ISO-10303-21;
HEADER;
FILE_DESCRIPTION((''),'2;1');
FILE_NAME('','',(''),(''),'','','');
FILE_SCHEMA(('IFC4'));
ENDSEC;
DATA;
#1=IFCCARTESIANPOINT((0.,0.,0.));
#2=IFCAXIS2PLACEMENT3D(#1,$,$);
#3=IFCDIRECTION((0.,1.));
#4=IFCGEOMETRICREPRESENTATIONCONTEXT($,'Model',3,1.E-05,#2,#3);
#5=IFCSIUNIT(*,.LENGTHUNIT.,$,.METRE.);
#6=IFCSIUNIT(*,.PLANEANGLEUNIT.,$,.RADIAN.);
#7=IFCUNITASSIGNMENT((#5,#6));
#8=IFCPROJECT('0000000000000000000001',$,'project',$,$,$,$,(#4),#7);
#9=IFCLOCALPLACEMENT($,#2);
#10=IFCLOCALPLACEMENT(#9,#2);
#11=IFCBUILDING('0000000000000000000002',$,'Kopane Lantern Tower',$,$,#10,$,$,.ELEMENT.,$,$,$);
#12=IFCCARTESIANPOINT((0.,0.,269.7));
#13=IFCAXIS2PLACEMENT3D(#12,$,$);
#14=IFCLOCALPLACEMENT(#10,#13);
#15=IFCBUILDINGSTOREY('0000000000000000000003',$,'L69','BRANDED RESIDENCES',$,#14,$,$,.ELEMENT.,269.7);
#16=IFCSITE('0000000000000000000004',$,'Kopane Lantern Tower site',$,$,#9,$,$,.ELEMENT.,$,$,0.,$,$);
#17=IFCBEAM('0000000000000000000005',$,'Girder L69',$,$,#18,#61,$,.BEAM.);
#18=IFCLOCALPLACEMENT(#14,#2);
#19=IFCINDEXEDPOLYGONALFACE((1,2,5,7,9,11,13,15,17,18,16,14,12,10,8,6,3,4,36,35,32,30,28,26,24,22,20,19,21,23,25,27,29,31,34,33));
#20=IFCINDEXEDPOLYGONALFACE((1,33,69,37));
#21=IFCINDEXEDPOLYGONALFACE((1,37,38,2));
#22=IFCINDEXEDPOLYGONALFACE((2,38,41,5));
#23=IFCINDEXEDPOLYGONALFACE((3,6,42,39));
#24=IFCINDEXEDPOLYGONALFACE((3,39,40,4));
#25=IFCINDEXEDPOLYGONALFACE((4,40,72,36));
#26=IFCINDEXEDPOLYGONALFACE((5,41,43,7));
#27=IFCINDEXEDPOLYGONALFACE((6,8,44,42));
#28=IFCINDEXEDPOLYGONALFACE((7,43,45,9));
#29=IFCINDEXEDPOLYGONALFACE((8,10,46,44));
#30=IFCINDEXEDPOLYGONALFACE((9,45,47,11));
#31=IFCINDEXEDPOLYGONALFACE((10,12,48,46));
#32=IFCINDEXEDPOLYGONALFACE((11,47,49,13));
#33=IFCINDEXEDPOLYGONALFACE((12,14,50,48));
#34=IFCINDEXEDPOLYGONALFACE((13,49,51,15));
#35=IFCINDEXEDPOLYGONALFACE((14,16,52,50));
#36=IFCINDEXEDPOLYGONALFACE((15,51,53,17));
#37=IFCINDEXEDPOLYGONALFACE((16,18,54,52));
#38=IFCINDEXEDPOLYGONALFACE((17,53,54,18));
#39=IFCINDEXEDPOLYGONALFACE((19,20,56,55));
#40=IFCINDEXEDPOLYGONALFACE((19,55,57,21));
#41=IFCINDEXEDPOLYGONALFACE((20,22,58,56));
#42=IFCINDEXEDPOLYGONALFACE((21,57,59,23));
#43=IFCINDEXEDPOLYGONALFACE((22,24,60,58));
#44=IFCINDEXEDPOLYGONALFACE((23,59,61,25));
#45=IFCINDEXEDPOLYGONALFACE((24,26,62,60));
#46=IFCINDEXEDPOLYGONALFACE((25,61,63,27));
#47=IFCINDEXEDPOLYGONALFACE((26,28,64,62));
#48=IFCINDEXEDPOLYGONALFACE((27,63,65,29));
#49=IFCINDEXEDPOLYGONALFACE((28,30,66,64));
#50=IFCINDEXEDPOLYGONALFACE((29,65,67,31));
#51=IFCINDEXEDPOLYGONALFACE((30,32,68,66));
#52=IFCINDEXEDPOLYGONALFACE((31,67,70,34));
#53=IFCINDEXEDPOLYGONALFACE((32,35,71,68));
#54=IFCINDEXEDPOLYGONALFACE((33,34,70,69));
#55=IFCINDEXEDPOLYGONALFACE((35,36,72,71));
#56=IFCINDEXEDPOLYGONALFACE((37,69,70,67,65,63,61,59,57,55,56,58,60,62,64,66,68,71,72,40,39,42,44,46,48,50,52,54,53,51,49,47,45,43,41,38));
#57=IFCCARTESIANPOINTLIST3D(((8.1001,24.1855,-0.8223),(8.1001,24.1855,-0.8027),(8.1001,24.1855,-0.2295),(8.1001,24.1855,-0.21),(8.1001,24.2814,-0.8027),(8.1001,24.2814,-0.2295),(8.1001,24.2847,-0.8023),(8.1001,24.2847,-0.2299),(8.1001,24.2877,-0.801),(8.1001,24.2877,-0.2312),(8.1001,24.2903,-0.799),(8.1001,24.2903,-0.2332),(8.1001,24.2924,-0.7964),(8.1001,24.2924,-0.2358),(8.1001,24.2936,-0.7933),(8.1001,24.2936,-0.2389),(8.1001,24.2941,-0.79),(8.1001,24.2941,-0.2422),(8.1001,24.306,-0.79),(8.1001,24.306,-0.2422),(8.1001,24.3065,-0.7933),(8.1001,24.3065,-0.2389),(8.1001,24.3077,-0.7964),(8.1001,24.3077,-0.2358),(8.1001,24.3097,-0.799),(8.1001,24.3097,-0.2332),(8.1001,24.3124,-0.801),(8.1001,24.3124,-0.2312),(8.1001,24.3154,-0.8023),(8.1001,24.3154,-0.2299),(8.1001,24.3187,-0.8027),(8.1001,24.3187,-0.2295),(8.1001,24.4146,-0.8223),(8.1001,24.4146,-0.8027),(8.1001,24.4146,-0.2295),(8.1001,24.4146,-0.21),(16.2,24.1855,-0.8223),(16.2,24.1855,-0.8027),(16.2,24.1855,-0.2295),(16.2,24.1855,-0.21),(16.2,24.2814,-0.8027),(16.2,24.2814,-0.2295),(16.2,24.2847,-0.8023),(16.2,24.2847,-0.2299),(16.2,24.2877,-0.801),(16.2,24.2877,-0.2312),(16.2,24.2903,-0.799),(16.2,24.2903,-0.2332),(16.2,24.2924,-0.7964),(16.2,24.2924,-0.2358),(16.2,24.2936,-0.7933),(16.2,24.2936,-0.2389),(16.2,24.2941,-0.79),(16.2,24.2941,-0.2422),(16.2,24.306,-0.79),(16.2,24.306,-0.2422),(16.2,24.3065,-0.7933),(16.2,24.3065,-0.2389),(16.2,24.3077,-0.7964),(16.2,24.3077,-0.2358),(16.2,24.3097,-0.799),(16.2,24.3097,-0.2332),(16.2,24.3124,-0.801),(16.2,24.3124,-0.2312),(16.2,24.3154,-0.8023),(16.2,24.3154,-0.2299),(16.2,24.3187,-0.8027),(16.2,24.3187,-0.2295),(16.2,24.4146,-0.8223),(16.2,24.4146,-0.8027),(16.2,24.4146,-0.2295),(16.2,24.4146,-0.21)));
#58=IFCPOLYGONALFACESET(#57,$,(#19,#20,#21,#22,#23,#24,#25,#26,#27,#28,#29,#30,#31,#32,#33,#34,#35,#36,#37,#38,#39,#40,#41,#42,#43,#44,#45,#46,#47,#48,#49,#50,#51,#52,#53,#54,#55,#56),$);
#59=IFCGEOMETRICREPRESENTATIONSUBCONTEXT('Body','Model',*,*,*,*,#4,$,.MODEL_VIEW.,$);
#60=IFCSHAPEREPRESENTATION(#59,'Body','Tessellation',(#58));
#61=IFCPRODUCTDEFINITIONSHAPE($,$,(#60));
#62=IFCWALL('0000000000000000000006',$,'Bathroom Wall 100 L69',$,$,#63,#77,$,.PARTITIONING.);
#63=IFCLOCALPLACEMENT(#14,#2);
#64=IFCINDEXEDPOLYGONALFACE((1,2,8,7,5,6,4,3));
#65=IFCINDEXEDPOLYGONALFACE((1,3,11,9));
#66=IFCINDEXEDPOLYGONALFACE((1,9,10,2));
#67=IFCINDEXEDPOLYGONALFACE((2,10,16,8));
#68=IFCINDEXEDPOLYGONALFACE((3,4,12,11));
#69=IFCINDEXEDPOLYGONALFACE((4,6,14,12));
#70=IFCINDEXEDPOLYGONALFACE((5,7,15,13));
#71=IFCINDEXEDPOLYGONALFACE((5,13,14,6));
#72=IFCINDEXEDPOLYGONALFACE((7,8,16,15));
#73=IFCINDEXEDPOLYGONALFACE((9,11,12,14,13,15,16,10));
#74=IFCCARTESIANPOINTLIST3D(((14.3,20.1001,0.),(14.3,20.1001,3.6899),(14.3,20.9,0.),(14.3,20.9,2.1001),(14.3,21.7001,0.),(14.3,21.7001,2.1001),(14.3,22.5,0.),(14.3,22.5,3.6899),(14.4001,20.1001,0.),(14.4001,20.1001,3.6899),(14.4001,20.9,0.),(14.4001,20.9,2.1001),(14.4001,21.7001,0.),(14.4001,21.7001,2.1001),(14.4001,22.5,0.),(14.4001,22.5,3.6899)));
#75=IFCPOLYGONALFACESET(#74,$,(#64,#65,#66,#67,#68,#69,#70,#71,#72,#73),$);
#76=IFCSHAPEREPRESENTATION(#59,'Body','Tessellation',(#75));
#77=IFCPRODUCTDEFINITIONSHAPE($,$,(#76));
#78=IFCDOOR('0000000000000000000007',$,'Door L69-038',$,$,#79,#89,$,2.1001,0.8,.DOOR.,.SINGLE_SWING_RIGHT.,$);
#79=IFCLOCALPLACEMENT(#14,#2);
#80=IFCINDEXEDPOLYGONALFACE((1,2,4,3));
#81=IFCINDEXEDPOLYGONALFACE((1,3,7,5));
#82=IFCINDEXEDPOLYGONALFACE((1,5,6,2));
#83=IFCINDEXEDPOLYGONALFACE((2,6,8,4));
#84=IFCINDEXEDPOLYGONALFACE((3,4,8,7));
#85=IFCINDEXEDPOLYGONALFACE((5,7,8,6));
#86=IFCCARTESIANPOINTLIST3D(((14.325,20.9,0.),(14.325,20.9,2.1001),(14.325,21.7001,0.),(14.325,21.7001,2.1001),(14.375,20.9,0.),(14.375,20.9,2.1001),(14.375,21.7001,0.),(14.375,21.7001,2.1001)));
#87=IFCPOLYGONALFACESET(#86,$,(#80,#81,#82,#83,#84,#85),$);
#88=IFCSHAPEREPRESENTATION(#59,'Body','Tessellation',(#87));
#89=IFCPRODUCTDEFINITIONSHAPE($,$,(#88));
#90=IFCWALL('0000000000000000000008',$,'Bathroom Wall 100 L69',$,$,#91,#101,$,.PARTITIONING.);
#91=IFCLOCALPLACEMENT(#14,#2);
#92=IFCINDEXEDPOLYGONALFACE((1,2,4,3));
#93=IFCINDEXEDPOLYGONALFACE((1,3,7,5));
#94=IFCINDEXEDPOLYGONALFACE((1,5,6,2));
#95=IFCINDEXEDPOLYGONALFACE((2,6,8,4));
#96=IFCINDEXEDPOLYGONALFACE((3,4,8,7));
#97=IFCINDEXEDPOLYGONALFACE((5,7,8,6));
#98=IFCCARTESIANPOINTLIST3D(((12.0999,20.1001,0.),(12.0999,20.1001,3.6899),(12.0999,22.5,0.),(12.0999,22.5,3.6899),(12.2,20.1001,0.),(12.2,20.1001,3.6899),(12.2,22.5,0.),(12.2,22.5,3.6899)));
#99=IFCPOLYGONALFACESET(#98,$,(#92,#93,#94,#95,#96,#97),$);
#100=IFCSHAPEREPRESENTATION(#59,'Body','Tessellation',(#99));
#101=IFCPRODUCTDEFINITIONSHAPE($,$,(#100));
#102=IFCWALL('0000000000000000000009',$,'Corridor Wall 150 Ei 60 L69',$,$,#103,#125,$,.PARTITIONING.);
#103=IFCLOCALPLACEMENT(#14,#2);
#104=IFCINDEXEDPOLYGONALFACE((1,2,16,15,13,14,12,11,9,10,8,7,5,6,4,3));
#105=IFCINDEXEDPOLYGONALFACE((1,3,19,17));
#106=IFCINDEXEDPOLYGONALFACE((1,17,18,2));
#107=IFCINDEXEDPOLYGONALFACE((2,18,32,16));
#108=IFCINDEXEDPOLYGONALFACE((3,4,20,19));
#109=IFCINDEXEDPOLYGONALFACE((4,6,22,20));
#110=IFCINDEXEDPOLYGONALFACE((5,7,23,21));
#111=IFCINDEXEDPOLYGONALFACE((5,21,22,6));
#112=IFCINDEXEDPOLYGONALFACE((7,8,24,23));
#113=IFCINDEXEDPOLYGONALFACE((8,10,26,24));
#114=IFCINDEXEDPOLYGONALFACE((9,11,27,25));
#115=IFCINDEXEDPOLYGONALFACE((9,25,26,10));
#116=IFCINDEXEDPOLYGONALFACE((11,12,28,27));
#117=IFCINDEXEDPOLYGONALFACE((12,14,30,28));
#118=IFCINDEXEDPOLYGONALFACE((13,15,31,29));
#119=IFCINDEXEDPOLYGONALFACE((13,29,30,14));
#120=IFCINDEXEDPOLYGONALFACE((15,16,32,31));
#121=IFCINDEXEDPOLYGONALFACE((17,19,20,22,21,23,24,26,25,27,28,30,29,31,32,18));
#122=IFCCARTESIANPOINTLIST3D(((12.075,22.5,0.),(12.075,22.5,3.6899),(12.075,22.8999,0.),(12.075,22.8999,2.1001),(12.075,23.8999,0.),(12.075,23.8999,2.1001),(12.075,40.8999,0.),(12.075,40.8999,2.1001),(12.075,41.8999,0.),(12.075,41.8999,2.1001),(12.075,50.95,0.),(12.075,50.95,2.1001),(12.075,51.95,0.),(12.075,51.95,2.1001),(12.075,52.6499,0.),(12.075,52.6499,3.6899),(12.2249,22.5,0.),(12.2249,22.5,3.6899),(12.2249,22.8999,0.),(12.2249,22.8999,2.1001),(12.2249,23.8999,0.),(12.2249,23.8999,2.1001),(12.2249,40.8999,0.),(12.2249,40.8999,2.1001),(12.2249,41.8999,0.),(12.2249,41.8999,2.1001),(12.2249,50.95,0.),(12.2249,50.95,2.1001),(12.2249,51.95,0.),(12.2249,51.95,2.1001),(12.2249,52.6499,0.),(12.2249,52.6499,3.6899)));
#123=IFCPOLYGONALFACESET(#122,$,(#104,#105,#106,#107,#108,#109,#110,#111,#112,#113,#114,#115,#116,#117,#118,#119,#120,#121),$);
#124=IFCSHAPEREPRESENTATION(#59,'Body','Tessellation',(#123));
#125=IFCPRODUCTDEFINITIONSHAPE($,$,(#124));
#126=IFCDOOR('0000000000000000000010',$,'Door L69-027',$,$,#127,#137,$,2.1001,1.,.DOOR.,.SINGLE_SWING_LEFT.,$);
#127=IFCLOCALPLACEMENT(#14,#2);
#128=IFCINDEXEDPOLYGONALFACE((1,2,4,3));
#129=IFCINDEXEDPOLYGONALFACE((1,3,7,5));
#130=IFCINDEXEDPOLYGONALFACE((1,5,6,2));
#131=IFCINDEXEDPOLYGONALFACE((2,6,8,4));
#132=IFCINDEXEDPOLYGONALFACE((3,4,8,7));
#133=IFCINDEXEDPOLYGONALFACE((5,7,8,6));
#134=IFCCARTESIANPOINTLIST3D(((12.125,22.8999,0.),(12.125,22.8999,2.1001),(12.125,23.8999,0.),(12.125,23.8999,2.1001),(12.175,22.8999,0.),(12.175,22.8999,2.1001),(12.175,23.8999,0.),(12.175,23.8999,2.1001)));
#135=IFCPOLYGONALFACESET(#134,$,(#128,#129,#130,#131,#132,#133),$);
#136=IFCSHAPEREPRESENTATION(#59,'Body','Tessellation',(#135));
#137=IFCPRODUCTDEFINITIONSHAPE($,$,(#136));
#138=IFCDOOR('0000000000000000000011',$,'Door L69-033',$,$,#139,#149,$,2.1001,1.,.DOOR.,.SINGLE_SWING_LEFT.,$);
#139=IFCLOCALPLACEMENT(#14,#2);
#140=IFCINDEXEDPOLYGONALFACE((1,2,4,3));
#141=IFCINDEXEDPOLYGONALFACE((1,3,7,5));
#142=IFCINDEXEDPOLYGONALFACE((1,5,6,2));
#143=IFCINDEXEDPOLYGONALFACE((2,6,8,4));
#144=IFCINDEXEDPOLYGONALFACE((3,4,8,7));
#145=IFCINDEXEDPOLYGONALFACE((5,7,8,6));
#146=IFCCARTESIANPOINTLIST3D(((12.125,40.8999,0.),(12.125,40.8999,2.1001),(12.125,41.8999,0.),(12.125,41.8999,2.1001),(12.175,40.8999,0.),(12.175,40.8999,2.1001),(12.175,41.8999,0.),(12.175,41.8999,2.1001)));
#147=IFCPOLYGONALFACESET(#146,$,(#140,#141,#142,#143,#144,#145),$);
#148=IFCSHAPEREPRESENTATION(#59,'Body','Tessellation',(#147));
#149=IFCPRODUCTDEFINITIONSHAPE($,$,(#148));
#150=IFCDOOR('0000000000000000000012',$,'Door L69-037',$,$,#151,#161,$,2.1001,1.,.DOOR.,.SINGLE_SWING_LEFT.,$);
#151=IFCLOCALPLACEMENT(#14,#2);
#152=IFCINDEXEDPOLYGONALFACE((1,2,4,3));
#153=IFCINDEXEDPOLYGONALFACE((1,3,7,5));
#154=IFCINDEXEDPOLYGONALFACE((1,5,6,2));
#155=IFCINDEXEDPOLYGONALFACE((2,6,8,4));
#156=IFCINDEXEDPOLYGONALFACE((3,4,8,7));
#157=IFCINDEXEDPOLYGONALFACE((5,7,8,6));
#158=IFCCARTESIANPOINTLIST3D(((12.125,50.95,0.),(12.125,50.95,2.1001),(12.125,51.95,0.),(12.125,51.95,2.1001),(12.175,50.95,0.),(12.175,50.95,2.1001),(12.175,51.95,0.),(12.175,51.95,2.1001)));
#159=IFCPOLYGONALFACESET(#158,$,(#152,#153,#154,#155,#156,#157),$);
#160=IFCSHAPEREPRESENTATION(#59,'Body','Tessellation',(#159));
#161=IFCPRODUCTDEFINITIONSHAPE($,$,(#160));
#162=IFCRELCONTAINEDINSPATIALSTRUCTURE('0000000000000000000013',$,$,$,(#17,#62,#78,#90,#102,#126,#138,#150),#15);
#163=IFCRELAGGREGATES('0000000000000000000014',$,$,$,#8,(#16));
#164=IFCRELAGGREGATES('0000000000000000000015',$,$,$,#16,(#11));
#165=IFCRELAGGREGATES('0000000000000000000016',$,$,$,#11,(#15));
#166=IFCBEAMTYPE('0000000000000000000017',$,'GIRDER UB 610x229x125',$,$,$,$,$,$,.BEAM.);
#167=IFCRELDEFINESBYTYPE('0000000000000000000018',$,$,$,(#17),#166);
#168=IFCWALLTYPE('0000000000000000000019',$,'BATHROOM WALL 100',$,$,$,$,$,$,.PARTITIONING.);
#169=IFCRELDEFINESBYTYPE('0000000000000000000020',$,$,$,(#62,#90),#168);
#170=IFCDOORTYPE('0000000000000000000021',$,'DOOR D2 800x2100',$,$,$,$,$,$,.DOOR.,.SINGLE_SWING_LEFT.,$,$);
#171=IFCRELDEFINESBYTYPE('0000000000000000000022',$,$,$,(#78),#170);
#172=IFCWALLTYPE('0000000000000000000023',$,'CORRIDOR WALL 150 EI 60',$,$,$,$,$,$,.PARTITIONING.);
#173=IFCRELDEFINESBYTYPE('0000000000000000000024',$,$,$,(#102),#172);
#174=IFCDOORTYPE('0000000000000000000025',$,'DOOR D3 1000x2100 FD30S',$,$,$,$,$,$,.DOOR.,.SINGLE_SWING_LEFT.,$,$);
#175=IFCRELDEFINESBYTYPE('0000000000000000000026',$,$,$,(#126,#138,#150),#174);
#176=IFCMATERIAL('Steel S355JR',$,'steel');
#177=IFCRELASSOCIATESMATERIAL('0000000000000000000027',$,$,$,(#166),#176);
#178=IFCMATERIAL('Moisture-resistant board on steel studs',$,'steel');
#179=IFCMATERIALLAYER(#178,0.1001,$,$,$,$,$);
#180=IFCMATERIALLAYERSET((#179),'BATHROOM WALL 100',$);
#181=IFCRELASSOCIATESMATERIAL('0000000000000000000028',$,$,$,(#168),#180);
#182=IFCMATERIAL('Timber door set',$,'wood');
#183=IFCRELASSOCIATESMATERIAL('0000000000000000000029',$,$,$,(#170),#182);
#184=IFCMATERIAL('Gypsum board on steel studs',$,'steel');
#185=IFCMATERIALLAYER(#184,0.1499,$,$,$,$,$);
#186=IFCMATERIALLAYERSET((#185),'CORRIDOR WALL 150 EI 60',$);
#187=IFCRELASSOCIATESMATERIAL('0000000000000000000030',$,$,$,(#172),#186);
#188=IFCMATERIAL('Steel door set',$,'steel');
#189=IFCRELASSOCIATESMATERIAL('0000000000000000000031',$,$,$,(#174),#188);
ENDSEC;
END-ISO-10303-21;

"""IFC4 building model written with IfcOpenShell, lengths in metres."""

from ifc_helpers import new_model, si_unit, direction, frame, frame_2d, origin, origin_2d, place, context, subcontext, project, spatial, rectangle, i_section, extrude, material, layer, layer_set, material_profile, profile_set, type_object, element, fill, save


model = new_model("IFC4")

# Units and contexts
model_context = context("Model", 3, precision=1e-05, world=origin(), true_north=direction((0.0, 1.0)))
body_context = subcontext(model_context, "Body", "Model", "MODEL_VIEW")
ifc_project = project(units=[si_unit("LENGTHUNIT", "METRE"), si_unit("PLANEANGLEUNIT", "RADIAN")], contexts=[model_context])

# Site, building, storey
site_placement = place(None, origin())
site = spatial("IfcSite", under=ifc_project, at=site_placement, Name="Kopane Lantern Tower site", CompositionType="ELEMENT", RefElevation=0.0)
building_placement = place(site_placement, origin())
building = spatial("IfcBuilding", under=site, at=building_placement, Name="Kopane Lantern Tower", CompositionType="ELEMENT")
storey_placement = place(building_placement, frame((0.0, 0.0, 269.7)))
storey = spatial("IfcBuildingStorey", under=building, at=storey_placement, Name="L69", Description="BRANDED RESIDENCES", CompositionType="ELEMENT", Elevation=269.7)

# Beam
ifc_material_1 = material(Name="Steel S355JR", Category="steel")
ifc_material_profile = material_profile(ifc_material_1, i_section(OverallWidth=0.229, OverallDepth=0.6123, WebThickness=0.012, FlangeThickness=0.0195, FilletRadius=0.0127, at=origin_2d()), Name="UB 610x229x125")
ifc_profile_set = profile_set([ifc_material_profile], Name="Steel S355JR")
beam_type = type_object("IfcBeamType", Name="GIRDER UB 610x229x125", PredefinedType="BEAM", material=ifc_profile_set)
beam_placement = place(storey_placement, frame((8.1001, 24.3, -0.5161), z_axis=(1.0, 0.0, 0.0), x_axis=(0.0, 1.0, 0.0)))
element("IfcBeam", 1, at=beam_placement, inside=storey, type_object=beam_type, Name="Girder L69", PredefinedType="BEAM", context=body_context, shape_type="SweptSolid", body=[
    extrude(i_section(OverallWidth=0.229, OverallDepth=0.6123, WebThickness=0.012, FlangeThickness=0.0195, FilletRadius=0.0127, at=origin_2d()), origin(), (0.0, 0.0, 1.0), 8.0999),
])

# Wall, opening, door
ifc_material_2 = material(Name="Moisture-resistant board on steel studs", Category="steel")
ifc_layer_1 = layer(ifc_material_2, 0.1001)
ifc_layer_set_1 = layer_set([ifc_layer_1], Name="BATHROOM WALL 100")
wall_type_1 = type_object("IfcWallType", Name="BATHROOM WALL 100", PredefinedType="PARTITIONING", material=ifc_layer_set_1)
wall_1_placement = place(storey_placement, frame((14.3501, 22.5, 0.0), z_axis=(0.0, 0.0, 1.0), x_axis=(0.0, -1.0, 0.0)))
wall_1 = element("IfcWall", 2, at=wall_1_placement, inside=storey, type_object=wall_type_1, Name="Bathroom Wall 100 L69", PredefinedType="PARTITIONING", context=body_context, shape_type="SweptSolid", body=[
    extrude(rectangle(XDim=2.3999, YDim=0.1001, at=frame_2d((1.2, 0.0))), origin(), (0.0, 0.0, 1.0), 3.6899),
])
opening_1_placement = place(wall_1_placement, frame((0.8, 0.0, 0.0)))
opening_1 = element("IfcOpeningElement", 3, at=opening_1_placement, cuts=wall_1, PredefinedType="OPENING", context=body_context, shape_type="SweptSolid", body=[
    extrude(rectangle(XDim=0.8, YDim=2.1001, at=frame_2d((0.3999, 1.05))), frame((0.0, 0.0601, 0.0), z_axis=(0.0, -1.0, 0.0), x_axis=(1.0, 0.0, 0.0)), (0.0, 0.0, 1.0), 0.1201),
])
ifc_material_3 = material(Name="Timber door set", Category="wood")
door_type_1 = type_object("IfcDoorType", Name="DOOR D2 800x2100", OperationType="SINGLE_SWING_LEFT", PredefinedType="DOOR", material=ifc_material_3)
door_1_placement = place(opening_1_placement, origin())
door_1 = element("IfcDoor", 4, at=door_1_placement, inside=storey, type_object=door_type_1, Name="Door L69-038", OperationType="SINGLE_SWING_RIGHT", OverallHeight=2.1001, OverallWidth=0.8, PredefinedType="DOOR", context=body_context, shape_type="SweptSolid", body=[
    extrude(rectangle(XDim=0.8, YDim=2.1001, at=frame_2d((0.3999, 1.05))), frame((0.0, 0.0249, 0.0), z_axis=(0.0, -1.0, 0.0), x_axis=(1.0, 0.0, 0.0)), (0.0, 0.0, 1.0), 0.05),
])
fill(opening_1, door_1)

# Wall
wall_2_placement = place(storey_placement, frame((12.1499, 22.5, 0.0), z_axis=(0.0, 0.0, 1.0), x_axis=(0.0, -1.0, 0.0)))
element("IfcWall", 5, at=wall_2_placement, inside=storey, type_object=wall_type_1, Name="Bathroom Wall 100 L69", PredefinedType="PARTITIONING", context=body_context, shape_type="SweptSolid", body=[
    extrude(rectangle(XDim=2.3999, YDim=0.1001, at=frame_2d((1.2, 0.0))), origin(), (0.0, 0.0, 1.0), 3.6899),
])

# Wall, openings, doors
ifc_material_4 = material(Name="Gypsum board on steel studs", Category="steel")
ifc_layer_2 = layer(ifc_material_4, 0.1499)
ifc_layer_set_2 = layer_set([ifc_layer_2], Name="CORRIDOR WALL 150 EI 60")
wall_type_2 = type_object("IfcWallType", Name="CORRIDOR WALL 150 EI 60", PredefinedType="PARTITIONING", material=ifc_layer_set_2)
wall_3_placement = place(storey_placement, frame((12.1499, 22.5, 0.0), z_axis=(0.0, 0.0, 1.0), x_axis=(0.0, 1.0, 0.0)))
wall_3 = element("IfcWall", 6, at=wall_3_placement, inside=storey, type_object=wall_type_2, Name="Corridor Wall 150 Ei 60 L69", PredefinedType="PARTITIONING", context=body_context, shape_type="SweptSolid", body=[
    extrude(rectangle(XDim=30.1499, YDim=0.1499, at=frame_2d((15.075, 0.0))), origin(), (0.0, 0.0, 1.0), 3.6899),
])
opening_2_placement = place(wall_3_placement, frame((0.3999, 0.0, 0.0)))
opening_2 = element("IfcOpeningElement", 7, at=opening_2_placement, cuts=wall_3, PredefinedType="OPENING", context=body_context, shape_type="SweptSolid", body=[
    extrude(rectangle(XDim=1.0, YDim=2.1001, at=frame_2d((0.5, 1.05))), frame((0.0, 0.085, 0.0), z_axis=(0.0, -1.0, 0.0), x_axis=(1.0, 0.0, 0.0)), (0.0, 0.0, 1.0), 0.1699),
])
opening_3_placement = place(wall_3_placement, frame((18.3999, 0.0, 0.0)))
opening_3 = element("IfcOpeningElement", 8, at=opening_3_placement, cuts=wall_3, PredefinedType="OPENING", context=body_context, shape_type="SweptSolid", body=[
    extrude(rectangle(XDim=1.0, YDim=2.1001, at=frame_2d((0.5, 1.05))), frame((0.0, 0.085, 0.0), z_axis=(0.0, -1.0, 0.0), x_axis=(1.0, 0.0, 0.0)), (0.0, 0.0, 1.0), 0.1699),
])
opening_4_placement = place(wall_3_placement, frame((28.45, 0.0, 0.0)))
opening_4 = element("IfcOpeningElement", 9, at=opening_4_placement, cuts=wall_3, PredefinedType="OPENING", context=body_context, shape_type="SweptSolid", body=[
    extrude(rectangle(XDim=1.0, YDim=2.1001, at=frame_2d((0.5, 1.05))), frame((0.0, 0.085, 0.0), z_axis=(0.0, -1.0, 0.0), x_axis=(1.0, 0.0, 0.0)), (0.0, 0.0, 1.0), 0.1699),
])
ifc_material_5 = material(Name="Steel door set", Category="steel")
door_type_2 = type_object("IfcDoorType", Name="DOOR D3 1000x2100 FD30S", OperationType="SINGLE_SWING_LEFT", PredefinedType="DOOR", material=ifc_material_5)
door_2_placement = place(opening_2_placement, origin())
door_2 = element("IfcDoor", 10, at=door_2_placement, inside=storey, type_object=door_type_2, Name="Door L69-027", OperationType="SINGLE_SWING_LEFT", OverallHeight=2.1001, OverallWidth=1.0, PredefinedType="DOOR", context=body_context, shape_type="SweptSolid", body=[
    extrude(rectangle(XDim=1.0, YDim=2.1001, at=frame_2d((0.5, 1.05))), frame((0.0, 0.0249, 0.0), z_axis=(0.0, -1.0, 0.0), x_axis=(1.0, 0.0, 0.0)), (0.0, 0.0, 1.0), 0.05),
])
fill(opening_2, door_2)
door_3_placement = place(opening_3_placement, origin())
door_3 = element("IfcDoor", 11, at=door_3_placement, inside=storey, type_object=door_type_2, Name="Door L69-033", OperationType="SINGLE_SWING_LEFT", OverallHeight=2.1001, OverallWidth=1.0, PredefinedType="DOOR", context=body_context, shape_type="SweptSolid", body=[
    extrude(rectangle(XDim=1.0, YDim=2.1001, at=frame_2d((0.5, 1.05))), frame((0.0, 0.0249, 0.0), z_axis=(0.0, -1.0, 0.0), x_axis=(1.0, 0.0, 0.0)), (0.0, 0.0, 1.0), 0.05),
])
fill(opening_3, door_3)
door_4_placement = place(opening_4_placement, origin())
door_4 = element("IfcDoor", 12, at=door_4_placement, inside=storey, type_object=door_type_2, Name="Door L69-037", OperationType="SINGLE_SWING_LEFT", OverallHeight=2.1001, OverallWidth=1.0, PredefinedType="DOOR", context=body_context, shape_type="SweptSolid", body=[
    extrude(rectangle(XDim=1.0, YDim=2.1001, at=frame_2d((0.5, 1.05))), frame((0.0, 0.0249, 0.0), z_axis=(0.0, -1.0, 0.0), x_axis=(1.0, 0.0, 0.0)), (0.0, 0.0, 1.0), 0.05),
])
fill(opening_4, door_4)

save(model, "model.ifc")
